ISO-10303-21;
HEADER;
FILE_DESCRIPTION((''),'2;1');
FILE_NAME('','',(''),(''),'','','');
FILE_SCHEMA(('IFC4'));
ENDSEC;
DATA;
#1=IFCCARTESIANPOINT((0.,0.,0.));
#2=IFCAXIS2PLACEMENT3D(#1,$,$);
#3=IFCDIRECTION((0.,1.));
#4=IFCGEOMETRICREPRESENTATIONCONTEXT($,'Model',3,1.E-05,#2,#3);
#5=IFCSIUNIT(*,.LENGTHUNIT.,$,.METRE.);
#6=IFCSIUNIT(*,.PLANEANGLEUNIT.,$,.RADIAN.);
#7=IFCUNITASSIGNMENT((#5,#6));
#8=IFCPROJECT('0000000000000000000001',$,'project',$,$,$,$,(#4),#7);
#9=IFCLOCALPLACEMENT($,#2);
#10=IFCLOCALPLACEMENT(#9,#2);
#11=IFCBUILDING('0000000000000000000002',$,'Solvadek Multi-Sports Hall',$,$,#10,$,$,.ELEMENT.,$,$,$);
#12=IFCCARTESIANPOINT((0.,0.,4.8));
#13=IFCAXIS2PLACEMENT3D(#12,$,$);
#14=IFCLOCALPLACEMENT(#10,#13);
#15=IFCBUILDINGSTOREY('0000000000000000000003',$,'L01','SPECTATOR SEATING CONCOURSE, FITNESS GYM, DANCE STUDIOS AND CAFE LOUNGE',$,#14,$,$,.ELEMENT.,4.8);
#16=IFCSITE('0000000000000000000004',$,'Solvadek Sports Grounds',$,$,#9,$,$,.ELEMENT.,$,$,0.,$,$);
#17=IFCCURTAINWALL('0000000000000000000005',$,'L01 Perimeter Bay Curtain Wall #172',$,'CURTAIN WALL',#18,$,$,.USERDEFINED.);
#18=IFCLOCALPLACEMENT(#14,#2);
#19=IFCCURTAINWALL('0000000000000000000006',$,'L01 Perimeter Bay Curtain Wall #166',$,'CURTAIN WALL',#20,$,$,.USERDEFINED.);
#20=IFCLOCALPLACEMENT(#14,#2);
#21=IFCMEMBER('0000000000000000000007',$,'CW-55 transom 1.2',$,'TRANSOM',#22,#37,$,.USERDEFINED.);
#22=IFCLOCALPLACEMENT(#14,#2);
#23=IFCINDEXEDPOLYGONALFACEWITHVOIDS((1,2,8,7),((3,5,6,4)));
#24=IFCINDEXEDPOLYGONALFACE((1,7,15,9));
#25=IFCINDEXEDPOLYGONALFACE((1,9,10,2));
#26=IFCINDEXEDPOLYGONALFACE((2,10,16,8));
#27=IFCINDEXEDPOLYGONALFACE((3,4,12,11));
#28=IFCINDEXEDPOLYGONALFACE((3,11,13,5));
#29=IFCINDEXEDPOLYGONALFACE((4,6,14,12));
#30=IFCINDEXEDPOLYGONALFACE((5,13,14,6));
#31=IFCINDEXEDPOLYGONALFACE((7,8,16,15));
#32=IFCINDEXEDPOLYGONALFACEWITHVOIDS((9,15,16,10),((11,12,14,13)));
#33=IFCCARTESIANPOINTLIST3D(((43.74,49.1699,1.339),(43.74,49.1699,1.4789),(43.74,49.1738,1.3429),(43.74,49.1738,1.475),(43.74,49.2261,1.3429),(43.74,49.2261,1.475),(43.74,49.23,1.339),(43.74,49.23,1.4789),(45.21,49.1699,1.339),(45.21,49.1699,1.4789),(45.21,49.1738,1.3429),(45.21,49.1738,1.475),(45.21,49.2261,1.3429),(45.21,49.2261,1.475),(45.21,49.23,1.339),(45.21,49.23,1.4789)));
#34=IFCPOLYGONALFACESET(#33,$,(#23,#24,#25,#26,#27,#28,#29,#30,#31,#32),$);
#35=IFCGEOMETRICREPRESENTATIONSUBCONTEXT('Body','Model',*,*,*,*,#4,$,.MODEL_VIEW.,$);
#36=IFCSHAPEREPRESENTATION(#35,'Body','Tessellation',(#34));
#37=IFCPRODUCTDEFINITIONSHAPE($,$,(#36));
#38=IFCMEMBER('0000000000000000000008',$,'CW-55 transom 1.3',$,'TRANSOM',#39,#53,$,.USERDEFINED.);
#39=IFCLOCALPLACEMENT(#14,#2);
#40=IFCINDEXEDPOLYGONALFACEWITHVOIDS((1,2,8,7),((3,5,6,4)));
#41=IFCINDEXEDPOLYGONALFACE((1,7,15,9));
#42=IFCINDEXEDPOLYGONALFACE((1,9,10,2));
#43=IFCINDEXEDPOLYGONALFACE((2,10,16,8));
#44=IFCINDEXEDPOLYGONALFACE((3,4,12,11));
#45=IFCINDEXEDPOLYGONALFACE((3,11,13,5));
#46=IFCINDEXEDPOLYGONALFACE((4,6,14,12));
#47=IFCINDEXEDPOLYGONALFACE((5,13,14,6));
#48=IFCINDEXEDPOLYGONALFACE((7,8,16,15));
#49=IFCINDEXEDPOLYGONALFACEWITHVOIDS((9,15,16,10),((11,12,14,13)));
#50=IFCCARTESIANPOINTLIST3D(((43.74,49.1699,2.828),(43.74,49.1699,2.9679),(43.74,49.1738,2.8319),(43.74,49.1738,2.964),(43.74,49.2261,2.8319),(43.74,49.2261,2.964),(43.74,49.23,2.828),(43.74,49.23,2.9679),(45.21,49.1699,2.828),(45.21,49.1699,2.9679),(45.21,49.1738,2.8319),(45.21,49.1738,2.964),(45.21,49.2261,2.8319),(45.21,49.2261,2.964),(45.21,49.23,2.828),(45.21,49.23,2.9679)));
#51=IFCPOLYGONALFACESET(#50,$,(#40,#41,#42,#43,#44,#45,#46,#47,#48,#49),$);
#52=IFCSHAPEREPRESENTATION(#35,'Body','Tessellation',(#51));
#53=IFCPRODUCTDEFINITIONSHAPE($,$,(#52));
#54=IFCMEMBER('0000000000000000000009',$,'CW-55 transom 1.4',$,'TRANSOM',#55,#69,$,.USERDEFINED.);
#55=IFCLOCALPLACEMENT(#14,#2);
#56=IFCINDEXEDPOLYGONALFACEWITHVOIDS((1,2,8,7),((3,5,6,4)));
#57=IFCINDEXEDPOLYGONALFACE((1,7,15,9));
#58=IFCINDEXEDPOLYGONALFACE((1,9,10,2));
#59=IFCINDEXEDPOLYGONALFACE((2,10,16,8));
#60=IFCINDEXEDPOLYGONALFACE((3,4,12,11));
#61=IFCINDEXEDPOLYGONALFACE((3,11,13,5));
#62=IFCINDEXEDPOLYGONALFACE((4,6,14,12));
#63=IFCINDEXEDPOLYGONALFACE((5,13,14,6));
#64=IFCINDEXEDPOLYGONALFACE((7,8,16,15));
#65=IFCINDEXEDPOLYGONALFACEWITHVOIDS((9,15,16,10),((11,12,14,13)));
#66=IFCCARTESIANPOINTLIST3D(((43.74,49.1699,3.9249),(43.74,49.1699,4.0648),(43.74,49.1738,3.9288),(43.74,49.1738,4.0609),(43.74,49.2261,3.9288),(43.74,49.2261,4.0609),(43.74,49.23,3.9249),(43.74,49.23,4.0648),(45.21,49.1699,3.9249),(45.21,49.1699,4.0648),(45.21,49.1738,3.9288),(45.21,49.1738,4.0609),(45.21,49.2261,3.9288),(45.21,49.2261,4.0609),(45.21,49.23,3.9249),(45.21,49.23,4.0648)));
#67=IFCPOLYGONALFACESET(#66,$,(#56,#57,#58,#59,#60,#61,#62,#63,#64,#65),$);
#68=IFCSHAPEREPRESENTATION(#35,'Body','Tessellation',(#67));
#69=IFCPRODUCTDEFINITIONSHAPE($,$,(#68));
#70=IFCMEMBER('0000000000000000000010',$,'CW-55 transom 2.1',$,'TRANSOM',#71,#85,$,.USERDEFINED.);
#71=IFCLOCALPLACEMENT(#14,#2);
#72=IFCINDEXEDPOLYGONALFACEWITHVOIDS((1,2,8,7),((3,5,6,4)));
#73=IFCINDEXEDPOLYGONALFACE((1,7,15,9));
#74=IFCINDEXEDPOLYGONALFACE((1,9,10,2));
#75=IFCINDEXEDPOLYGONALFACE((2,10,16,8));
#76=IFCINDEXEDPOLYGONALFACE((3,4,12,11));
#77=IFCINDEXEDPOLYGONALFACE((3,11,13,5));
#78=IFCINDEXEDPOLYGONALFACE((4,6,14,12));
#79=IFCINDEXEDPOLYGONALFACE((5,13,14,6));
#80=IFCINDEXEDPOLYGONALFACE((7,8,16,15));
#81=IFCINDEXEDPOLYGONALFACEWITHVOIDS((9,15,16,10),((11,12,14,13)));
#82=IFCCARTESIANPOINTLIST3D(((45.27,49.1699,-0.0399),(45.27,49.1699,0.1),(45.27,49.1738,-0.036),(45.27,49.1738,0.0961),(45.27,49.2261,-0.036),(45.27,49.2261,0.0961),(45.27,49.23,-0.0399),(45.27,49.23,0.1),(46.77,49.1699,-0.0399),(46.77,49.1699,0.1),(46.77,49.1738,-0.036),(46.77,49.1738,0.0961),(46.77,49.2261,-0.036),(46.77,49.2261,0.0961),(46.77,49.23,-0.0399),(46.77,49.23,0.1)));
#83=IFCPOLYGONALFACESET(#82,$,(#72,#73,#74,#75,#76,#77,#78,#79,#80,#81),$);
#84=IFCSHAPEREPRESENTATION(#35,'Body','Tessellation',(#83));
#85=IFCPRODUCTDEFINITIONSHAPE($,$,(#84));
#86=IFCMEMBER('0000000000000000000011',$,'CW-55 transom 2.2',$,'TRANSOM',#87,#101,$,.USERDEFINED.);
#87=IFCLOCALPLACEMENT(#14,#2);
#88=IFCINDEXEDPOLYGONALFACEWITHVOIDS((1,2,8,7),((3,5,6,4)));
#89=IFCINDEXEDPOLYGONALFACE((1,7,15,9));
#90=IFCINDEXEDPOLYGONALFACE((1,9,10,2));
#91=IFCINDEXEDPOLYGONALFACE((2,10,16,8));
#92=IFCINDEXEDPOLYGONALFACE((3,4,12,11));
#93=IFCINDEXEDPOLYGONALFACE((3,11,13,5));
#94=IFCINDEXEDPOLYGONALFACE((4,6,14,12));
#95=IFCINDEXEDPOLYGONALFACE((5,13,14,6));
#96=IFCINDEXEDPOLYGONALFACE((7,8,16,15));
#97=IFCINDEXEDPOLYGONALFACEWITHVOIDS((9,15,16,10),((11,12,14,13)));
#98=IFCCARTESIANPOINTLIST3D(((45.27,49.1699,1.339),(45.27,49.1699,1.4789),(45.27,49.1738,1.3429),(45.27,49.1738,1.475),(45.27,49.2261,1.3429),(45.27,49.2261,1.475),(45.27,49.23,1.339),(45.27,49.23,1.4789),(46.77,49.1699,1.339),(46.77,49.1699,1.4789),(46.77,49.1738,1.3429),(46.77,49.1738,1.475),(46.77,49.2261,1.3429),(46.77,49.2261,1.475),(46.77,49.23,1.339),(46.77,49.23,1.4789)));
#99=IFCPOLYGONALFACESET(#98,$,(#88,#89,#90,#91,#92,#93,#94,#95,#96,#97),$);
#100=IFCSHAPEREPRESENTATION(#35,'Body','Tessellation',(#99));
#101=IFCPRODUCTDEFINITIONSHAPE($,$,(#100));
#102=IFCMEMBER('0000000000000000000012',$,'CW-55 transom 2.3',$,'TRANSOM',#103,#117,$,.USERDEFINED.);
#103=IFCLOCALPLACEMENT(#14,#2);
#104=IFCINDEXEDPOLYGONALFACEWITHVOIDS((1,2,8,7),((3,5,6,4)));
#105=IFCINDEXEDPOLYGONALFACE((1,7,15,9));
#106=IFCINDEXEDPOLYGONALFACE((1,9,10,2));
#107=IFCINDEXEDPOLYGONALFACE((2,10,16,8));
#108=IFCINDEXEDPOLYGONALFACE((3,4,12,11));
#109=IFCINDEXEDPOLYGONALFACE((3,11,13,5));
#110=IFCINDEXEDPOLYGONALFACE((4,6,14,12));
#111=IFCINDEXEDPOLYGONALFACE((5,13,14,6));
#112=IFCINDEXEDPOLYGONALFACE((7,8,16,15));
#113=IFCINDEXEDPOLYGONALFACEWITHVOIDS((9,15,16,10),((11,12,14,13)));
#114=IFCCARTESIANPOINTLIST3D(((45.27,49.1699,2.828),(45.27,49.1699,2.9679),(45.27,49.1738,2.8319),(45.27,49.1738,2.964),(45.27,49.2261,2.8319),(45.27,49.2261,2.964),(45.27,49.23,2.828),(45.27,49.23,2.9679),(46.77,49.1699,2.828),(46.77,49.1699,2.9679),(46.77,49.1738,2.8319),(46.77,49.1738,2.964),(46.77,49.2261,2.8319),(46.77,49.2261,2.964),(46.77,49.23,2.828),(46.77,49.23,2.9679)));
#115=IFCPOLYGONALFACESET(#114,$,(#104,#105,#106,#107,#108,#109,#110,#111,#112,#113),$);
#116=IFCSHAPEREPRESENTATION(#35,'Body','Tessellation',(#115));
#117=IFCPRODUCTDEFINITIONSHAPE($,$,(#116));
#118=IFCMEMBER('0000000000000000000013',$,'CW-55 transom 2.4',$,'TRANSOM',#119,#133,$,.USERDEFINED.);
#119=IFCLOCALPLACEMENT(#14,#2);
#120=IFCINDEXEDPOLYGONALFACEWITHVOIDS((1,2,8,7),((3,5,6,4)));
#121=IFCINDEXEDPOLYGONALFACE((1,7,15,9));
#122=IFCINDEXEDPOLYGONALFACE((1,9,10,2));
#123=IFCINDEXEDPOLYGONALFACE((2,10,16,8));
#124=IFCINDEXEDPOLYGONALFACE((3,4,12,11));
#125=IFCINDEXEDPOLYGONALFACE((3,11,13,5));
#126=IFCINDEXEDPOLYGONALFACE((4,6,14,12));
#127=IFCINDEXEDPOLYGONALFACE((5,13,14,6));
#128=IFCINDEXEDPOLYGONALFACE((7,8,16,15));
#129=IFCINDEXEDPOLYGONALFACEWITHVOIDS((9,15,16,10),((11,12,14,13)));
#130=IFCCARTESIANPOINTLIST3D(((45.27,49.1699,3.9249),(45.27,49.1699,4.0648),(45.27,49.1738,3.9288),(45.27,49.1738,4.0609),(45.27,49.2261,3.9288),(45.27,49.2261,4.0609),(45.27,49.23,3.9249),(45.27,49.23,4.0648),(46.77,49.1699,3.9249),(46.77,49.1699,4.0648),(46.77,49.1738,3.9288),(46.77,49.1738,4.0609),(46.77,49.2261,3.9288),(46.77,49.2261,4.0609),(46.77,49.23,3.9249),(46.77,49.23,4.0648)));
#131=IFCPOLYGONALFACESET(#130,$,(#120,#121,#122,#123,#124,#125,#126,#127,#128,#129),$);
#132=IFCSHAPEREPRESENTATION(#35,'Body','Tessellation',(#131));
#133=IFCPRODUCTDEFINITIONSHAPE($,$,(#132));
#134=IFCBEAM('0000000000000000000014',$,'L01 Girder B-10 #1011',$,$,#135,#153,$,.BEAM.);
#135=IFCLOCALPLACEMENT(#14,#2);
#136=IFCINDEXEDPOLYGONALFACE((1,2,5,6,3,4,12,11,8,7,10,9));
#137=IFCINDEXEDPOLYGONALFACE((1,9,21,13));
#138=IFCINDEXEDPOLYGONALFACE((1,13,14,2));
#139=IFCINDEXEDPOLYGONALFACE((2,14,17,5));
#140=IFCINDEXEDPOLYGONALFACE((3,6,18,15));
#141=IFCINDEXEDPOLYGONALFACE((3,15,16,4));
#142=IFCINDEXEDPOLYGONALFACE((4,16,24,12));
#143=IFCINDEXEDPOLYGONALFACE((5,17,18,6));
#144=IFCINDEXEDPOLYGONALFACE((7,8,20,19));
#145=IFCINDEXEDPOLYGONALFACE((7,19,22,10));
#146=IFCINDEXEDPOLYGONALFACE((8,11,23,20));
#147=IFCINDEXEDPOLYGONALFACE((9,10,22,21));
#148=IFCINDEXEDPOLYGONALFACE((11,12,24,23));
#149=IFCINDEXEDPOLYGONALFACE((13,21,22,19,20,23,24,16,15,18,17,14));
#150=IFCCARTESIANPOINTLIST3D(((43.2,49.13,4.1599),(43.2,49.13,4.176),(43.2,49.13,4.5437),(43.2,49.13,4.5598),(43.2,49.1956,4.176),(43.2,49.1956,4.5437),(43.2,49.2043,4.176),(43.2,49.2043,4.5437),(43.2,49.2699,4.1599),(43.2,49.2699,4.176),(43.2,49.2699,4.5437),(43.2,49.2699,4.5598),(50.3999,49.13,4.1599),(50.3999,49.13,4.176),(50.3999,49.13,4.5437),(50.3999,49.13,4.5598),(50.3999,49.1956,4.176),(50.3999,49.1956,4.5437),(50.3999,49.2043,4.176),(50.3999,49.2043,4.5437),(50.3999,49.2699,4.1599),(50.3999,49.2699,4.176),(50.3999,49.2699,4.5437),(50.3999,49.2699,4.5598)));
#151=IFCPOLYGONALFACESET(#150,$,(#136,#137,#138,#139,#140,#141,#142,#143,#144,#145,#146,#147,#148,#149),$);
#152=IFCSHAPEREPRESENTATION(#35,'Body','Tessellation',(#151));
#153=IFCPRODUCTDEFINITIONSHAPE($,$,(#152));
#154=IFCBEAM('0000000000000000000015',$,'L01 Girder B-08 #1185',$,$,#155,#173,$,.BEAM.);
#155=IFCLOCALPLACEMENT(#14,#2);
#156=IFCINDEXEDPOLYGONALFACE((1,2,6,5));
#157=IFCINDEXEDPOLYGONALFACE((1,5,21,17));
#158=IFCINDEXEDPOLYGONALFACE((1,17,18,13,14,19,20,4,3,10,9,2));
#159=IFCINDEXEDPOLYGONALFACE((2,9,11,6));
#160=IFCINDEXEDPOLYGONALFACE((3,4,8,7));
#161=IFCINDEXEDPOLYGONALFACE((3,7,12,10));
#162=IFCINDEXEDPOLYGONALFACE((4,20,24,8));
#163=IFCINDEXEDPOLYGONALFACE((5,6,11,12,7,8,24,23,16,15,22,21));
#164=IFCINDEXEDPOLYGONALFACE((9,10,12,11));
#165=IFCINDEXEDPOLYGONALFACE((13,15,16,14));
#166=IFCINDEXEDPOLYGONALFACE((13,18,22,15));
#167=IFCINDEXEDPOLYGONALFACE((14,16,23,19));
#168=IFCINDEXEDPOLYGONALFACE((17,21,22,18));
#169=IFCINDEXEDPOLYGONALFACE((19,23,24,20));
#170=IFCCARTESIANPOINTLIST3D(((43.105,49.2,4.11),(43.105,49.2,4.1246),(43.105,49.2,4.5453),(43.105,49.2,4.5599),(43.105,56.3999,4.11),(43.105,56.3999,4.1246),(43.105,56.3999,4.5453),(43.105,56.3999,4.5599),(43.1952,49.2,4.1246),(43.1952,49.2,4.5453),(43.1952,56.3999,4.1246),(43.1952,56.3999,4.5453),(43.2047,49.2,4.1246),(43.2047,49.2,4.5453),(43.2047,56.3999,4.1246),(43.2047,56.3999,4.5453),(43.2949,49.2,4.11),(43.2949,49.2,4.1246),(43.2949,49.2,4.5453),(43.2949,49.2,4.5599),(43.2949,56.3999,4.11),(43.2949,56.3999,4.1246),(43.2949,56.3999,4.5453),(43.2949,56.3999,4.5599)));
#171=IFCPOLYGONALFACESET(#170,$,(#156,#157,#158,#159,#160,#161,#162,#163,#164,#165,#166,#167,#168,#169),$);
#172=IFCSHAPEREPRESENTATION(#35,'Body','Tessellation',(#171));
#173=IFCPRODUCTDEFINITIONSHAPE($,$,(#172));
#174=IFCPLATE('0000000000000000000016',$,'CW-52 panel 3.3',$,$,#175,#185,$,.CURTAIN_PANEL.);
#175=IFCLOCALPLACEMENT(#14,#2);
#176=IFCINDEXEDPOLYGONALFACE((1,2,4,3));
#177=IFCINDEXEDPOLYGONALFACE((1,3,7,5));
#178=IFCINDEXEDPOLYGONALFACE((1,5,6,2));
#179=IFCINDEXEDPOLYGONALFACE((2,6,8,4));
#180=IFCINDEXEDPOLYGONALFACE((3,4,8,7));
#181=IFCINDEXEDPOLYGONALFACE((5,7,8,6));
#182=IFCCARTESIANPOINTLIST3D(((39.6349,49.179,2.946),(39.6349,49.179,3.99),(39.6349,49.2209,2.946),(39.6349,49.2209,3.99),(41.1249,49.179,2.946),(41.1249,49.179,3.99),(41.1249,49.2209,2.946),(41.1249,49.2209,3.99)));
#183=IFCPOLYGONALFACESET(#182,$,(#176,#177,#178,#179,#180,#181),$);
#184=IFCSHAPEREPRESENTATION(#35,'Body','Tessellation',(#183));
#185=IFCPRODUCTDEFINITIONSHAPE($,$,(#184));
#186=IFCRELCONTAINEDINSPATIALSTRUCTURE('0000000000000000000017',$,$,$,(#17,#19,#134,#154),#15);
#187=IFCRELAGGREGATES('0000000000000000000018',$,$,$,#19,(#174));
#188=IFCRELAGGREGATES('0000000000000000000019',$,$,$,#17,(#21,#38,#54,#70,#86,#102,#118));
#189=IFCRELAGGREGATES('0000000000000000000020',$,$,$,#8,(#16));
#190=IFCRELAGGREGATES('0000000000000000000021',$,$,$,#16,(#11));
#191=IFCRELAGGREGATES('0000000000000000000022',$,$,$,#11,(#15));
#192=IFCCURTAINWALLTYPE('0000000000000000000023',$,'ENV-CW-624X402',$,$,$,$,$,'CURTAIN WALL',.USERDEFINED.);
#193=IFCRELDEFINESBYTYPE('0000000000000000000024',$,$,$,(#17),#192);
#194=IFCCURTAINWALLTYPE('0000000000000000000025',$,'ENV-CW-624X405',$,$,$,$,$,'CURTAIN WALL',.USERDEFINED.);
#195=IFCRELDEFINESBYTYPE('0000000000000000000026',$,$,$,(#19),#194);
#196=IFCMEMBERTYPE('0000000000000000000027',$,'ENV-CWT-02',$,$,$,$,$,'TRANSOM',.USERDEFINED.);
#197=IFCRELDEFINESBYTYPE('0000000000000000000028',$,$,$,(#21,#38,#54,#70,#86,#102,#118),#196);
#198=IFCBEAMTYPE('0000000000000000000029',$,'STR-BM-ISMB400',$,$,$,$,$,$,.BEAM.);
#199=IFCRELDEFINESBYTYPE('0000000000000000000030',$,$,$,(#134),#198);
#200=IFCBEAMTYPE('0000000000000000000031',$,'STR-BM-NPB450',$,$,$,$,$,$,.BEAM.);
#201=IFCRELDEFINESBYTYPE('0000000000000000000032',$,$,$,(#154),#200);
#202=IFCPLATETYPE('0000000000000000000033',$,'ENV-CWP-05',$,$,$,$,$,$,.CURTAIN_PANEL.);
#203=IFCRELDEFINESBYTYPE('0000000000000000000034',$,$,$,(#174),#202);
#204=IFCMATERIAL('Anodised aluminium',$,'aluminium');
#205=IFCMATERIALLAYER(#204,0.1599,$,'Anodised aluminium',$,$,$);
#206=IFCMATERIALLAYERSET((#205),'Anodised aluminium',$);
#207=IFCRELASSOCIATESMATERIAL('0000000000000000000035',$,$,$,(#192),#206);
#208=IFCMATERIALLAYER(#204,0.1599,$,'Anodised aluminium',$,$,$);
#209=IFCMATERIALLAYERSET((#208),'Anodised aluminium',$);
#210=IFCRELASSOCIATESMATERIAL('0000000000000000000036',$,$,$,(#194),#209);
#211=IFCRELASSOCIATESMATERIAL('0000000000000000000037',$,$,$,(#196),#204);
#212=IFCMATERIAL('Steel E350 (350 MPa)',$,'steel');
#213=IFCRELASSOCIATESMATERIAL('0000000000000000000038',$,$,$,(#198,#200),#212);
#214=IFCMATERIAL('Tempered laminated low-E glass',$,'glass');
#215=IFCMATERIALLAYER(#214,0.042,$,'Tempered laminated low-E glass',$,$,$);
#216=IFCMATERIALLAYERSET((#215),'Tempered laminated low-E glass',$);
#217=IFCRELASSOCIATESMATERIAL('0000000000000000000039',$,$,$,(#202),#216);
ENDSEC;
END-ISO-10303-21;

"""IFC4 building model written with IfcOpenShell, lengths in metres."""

from ifc_helpers import new_model, si_unit, direction, frame, origin, origin_2d, place, context, subcontext, project, spatial, rectangle, hollow_rectangle, i_section, extrude, material, layer, layer_set, material_profile, profile_set, type_object, element, aggregate, save


model = new_model("IFC4")

# Units and contexts
model_context = context("Model", 3, precision=1e-05, world=origin(), true_north=direction((0.0, 1.0)))
body_context = subcontext(model_context, "Body", "Model", "MODEL_VIEW")
ifc_project = project(units=[si_unit("LENGTHUNIT", "METRE"), si_unit("PLANEANGLEUNIT", "RADIAN")], contexts=[model_context])

# Site, building, storey
site_placement = place(None, origin())
site = spatial("IfcSite", under=ifc_project, at=site_placement, Name="Solvadek Sports Grounds", CompositionType="ELEMENT", RefElevation=0.0)
building_placement = place(site_placement, origin())
building = spatial("IfcBuilding", under=site, at=building_placement, Name="Solvadek Multi-Sports Hall", CompositionType="ELEMENT")
storey_placement = place(building_placement, frame((0.0, 0.0, 4.8)))
storey = spatial("IfcBuildingStorey", under=building, at=storey_placement, Name="L01", Description="SPECTATOR SEATING CONCOURSE, FITNESS GYM, DANCE STUDIOS AND CAFE LOUNGE", CompositionType="ELEMENT", Elevation=4.8)

# Shared definitions
ifc_material_1 = material(Name="Steel E350 (350 MPa)", Category="steel")

# Curtain walls
ifc_material_2 = material(Name="Anodised aluminium", Category="aluminium")
ifc_layer_1 = layer(ifc_material_2, 0.1599, Name="Anodised aluminium")
ifc_layer_set_1 = layer_set([ifc_layer_1], Name="Anodised aluminium")
curtain_wall_type_1 = type_object("IfcCurtainWallType", Name="ENV-CW-624X402", ElementType="CURTAIN WALL", PredefinedType="USERDEFINED", material=ifc_layer_set_1)
curtain_wall_1_placement = place(storey_placement, origin())
curtain_wall_1 = element("IfcCurtainWall", 1, at=curtain_wall_1_placement, inside=storey, type_object=curtain_wall_type_1, Name="L01 Perimeter Bay Curtain Wall #172", ObjectType="CURTAIN WALL", PredefinedType="USERDEFINED")
ifc_layer_2 = layer(ifc_material_2, 0.1599, Name="Anodised aluminium")
ifc_layer_set_2 = layer_set([ifc_layer_2], Name="Anodised aluminium")
curtain_wall_type_2 = type_object("IfcCurtainWallType", Name="ENV-CW-624X405", ElementType="CURTAIN WALL", PredefinedType="USERDEFINED", material=ifc_layer_set_2)
curtain_wall_2_placement = place(storey_placement, origin())
curtain_wall_2 = element("IfcCurtainWall", 2, at=curtain_wall_2_placement, inside=storey, type_object=curtain_wall_type_2, Name="L01 Perimeter Bay Curtain Wall #166", ObjectType="CURTAIN WALL", PredefinedType="USERDEFINED")

# Members
ifc_material_profile_1 = material_profile(ifc_material_2, hollow_rectangle(XDim=0.0601, YDim=0.1399, WallThickness=0.0039, at=origin_2d()), Name="ALU-T 140x60x4")
ifc_profile_set_1 = profile_set([ifc_material_profile_1], Name="Anodised aluminium")
member_type_1 = type_object("IfcMemberType", Name="ENV-CWT-02", ElementType="TRANSOM", PredefinedType="USERDEFINED", material=ifc_profile_set_1)
member_1_placement = place(storey_placement, frame((43.74, 49.2, 1.4089), z_axis=(1.0, 0.0, 0.0), x_axis=(0.0, 1.0, 0.0)))
member_1 = element("IfcMember", 3, at=member_1_placement, type_object=member_type_1, Name="CW-55 transom 1.2", ObjectType="TRANSOM", PredefinedType="USERDEFINED", context=body_context, shape_type="SweptSolid", body=[
    extrude(hollow_rectangle(XDim=0.0601, YDim=0.1399, WallThickness=0.0039, at=origin_2d()), origin(), (0.0, 0.0, 1.0), 1.47),
])
member_2_placement = place(storey_placement, frame((43.74, 49.2, 2.8979), z_axis=(1.0, 0.0, 0.0), x_axis=(0.0, 1.0, 0.0)))
member_2 = element("IfcMember", 4, at=member_2_placement, type_object=member_type_1, Name="CW-55 transom 1.3", ObjectType="TRANSOM", PredefinedType="USERDEFINED", context=body_context, shape_type="SweptSolid", body=[
    extrude(hollow_rectangle(XDim=0.0601, YDim=0.1399, WallThickness=0.0039, at=origin_2d()), origin(), (0.0, 0.0, 1.0), 1.47),
])
member_3_placement = place(storey_placement, frame((43.74, 49.2, 3.9949), z_axis=(1.0, 0.0, 0.0), x_axis=(0.0, 1.0, 0.0)))
member_3 = element("IfcMember", 5, at=member_3_placement, type_object=member_type_1, Name="CW-55 transom 1.4", ObjectType="TRANSOM", PredefinedType="USERDEFINED", context=body_context, shape_type="SweptSolid", body=[
    extrude(hollow_rectangle(XDim=0.0601, YDim=0.1399, WallThickness=0.0039, at=origin_2d()), origin(), (0.0, 0.0, 1.0), 1.47),
])
member_4_placement = place(storey_placement, frame((45.27, 49.2, 0.03), z_axis=(1.0, 0.0, 0.0), x_axis=(0.0, 1.0, 0.0)))
member_4 = element("IfcMember", 6, at=member_4_placement, type_object=member_type_1, Name="CW-55 transom 2.1", ObjectType="TRANSOM", PredefinedType="USERDEFINED", context=body_context, shape_type="SweptSolid", body=[
    extrude(hollow_rectangle(XDim=0.0601, YDim=0.1399, WallThickness=0.0039, at=origin_2d()), origin(), (0.0, 0.0, 1.0), 1.5),
])
member_5_placement = place(storey_placement, frame((45.27, 49.2, 1.4089), z_axis=(1.0, 0.0, 0.0), x_axis=(0.0, 1.0, 0.0)))
member_5 = element("IfcMember", 7, at=member_5_placement, type_object=member_type_1, Name="CW-55 transom 2.2", ObjectType="TRANSOM", PredefinedType="USERDEFINED", context=body_context, shape_type="SweptSolid", body=[
    extrude(hollow_rectangle(XDim=0.0601, YDim=0.1399, WallThickness=0.0039, at=origin_2d()), origin(), (0.0, 0.0, 1.0), 1.5),
])
member_6_placement = place(storey_placement, frame((45.27, 49.2, 2.8979), z_axis=(1.0, 0.0, 0.0), x_axis=(0.0, 1.0, 0.0)))
member_6 = element("IfcMember", 8, at=member_6_placement, type_object=member_type_1, Name="CW-55 transom 2.3", ObjectType="TRANSOM", PredefinedType="USERDEFINED", context=body_context, shape_type="SweptSolid", body=[
    extrude(hollow_rectangle(XDim=0.0601, YDim=0.1399, WallThickness=0.0039, at=origin_2d()), origin(), (0.0, 0.0, 1.0), 1.5),
])
member_7_placement = place(storey_placement, frame((45.27, 49.2, 3.9949), z_axis=(1.0, 0.0, 0.0), x_axis=(0.0, 1.0, 0.0)))
member_7 = element("IfcMember", 9, at=member_7_placement, type_object=member_type_1, Name="CW-55 transom 2.4", ObjectType="TRANSOM", PredefinedType="USERDEFINED", context=body_context, shape_type="SweptSolid", body=[
    extrude(hollow_rectangle(XDim=0.0601, YDim=0.1399, WallThickness=0.0039, at=origin_2d()), origin(), (0.0, 0.0, 1.0), 1.5),
])

# Beams
ifc_material_profile_2 = material_profile(ifc_material_1, i_section(OverallWidth=0.1399, OverallDepth=0.3999, WebThickness=0.0088, FlangeThickness=0.0161, at=origin_2d()), Name="ISMB 400")
ifc_profile_set_2 = profile_set([ifc_material_profile_2], Name="Steel E350 (350 MPa)")
beam_type_1 = type_object("IfcBeamType", Name="STR-BM-ISMB400", PredefinedType="BEAM", material=ifc_profile_set_2)
beam_1_placement = place(storey_placement, frame((43.2, 49.2, 4.3599), z_axis=(1.0, 0.0, 0.0), x_axis=(0.0, 1.0, 0.0)))
element("IfcBeam", 10, at=beam_1_placement, inside=storey, type_object=beam_type_1, Name="L01 Girder B-10 #1011", PredefinedType="BEAM", context=body_context, shape_type="SweptSolid", body=[
    extrude(i_section(OverallWidth=0.1399, OverallDepth=0.3999, WebThickness=0.0088, FlangeThickness=0.0161, at=origin_2d()), origin(), (0.0, 0.0, 1.0), 7.2),
])
ifc_material_profile_3 = material_profile(ifc_material_1, i_section(OverallWidth=0.1899, OverallDepth=0.45, WebThickness=0.0095, FlangeThickness=0.0146, at=origin_2d()), Name="NPB 450")
ifc_profile_set_3 = profile_set([ifc_material_profile_3], Name="Steel E350 (350 MPa)")
beam_type_2 = type_object("IfcBeamType", Name="STR-BM-NPB450", PredefinedType="BEAM", material=ifc_profile_set_3)
beam_2_placement = place(storey_placement, frame((43.2, 49.2, 4.335), z_axis=(0.0, 1.0, 0.0), x_axis=(-1.0, 0.0, 0.0)))
element("IfcBeam", 11, at=beam_2_placement, inside=storey, type_object=beam_type_2, Name="L01 Girder B-08 #1185", PredefinedType="BEAM", context=body_context, shape_type="SweptSolid", body=[
    extrude(i_section(OverallWidth=0.1899, OverallDepth=0.45, WebThickness=0.0095, FlangeThickness=0.0146, at=origin_2d()), origin(), (0.0, 0.0, 1.0), 7.2),
])

# Plate
ifc_material_3 = material(Name="Tempered laminated low-E glass", Category="glass")
ifc_layer_3 = layer(ifc_material_3, 0.042, Name="Tempered laminated low-E glass")
ifc_layer_set_3 = layer_set([ifc_layer_3], Name="Tempered laminated low-E glass")
plate_type_1 = type_object("IfcPlateType", Name="ENV-CWP-05", PredefinedType="CURTAIN_PANEL", material=ifc_layer_set_3)
plate_1_placement = place(storey_placement, frame((40.3799, 49.2, 2.946), z_axis=(0.0, 0.0, 1.0), x_axis=(1.0, 0.0, 0.0)))
plate_1 = element("IfcPlate", 12, at=plate_1_placement, type_object=plate_type_1, Name="CW-52 panel 3.3", PredefinedType="CURTAIN_PANEL", context=body_context, shape_type="SweptSolid", body=[
    extrude(rectangle(XDim=1.49, YDim=0.042, at=origin_2d()), origin(), (0.0, 0.0, 1.0), 1.0439),
])
aggregate(curtain_wall_2, [plate_1])
aggregate(curtain_wall_1, [member_1, member_2, member_3, member_4, member_5, member_6, member_7])

save(model, "model.ifc")
